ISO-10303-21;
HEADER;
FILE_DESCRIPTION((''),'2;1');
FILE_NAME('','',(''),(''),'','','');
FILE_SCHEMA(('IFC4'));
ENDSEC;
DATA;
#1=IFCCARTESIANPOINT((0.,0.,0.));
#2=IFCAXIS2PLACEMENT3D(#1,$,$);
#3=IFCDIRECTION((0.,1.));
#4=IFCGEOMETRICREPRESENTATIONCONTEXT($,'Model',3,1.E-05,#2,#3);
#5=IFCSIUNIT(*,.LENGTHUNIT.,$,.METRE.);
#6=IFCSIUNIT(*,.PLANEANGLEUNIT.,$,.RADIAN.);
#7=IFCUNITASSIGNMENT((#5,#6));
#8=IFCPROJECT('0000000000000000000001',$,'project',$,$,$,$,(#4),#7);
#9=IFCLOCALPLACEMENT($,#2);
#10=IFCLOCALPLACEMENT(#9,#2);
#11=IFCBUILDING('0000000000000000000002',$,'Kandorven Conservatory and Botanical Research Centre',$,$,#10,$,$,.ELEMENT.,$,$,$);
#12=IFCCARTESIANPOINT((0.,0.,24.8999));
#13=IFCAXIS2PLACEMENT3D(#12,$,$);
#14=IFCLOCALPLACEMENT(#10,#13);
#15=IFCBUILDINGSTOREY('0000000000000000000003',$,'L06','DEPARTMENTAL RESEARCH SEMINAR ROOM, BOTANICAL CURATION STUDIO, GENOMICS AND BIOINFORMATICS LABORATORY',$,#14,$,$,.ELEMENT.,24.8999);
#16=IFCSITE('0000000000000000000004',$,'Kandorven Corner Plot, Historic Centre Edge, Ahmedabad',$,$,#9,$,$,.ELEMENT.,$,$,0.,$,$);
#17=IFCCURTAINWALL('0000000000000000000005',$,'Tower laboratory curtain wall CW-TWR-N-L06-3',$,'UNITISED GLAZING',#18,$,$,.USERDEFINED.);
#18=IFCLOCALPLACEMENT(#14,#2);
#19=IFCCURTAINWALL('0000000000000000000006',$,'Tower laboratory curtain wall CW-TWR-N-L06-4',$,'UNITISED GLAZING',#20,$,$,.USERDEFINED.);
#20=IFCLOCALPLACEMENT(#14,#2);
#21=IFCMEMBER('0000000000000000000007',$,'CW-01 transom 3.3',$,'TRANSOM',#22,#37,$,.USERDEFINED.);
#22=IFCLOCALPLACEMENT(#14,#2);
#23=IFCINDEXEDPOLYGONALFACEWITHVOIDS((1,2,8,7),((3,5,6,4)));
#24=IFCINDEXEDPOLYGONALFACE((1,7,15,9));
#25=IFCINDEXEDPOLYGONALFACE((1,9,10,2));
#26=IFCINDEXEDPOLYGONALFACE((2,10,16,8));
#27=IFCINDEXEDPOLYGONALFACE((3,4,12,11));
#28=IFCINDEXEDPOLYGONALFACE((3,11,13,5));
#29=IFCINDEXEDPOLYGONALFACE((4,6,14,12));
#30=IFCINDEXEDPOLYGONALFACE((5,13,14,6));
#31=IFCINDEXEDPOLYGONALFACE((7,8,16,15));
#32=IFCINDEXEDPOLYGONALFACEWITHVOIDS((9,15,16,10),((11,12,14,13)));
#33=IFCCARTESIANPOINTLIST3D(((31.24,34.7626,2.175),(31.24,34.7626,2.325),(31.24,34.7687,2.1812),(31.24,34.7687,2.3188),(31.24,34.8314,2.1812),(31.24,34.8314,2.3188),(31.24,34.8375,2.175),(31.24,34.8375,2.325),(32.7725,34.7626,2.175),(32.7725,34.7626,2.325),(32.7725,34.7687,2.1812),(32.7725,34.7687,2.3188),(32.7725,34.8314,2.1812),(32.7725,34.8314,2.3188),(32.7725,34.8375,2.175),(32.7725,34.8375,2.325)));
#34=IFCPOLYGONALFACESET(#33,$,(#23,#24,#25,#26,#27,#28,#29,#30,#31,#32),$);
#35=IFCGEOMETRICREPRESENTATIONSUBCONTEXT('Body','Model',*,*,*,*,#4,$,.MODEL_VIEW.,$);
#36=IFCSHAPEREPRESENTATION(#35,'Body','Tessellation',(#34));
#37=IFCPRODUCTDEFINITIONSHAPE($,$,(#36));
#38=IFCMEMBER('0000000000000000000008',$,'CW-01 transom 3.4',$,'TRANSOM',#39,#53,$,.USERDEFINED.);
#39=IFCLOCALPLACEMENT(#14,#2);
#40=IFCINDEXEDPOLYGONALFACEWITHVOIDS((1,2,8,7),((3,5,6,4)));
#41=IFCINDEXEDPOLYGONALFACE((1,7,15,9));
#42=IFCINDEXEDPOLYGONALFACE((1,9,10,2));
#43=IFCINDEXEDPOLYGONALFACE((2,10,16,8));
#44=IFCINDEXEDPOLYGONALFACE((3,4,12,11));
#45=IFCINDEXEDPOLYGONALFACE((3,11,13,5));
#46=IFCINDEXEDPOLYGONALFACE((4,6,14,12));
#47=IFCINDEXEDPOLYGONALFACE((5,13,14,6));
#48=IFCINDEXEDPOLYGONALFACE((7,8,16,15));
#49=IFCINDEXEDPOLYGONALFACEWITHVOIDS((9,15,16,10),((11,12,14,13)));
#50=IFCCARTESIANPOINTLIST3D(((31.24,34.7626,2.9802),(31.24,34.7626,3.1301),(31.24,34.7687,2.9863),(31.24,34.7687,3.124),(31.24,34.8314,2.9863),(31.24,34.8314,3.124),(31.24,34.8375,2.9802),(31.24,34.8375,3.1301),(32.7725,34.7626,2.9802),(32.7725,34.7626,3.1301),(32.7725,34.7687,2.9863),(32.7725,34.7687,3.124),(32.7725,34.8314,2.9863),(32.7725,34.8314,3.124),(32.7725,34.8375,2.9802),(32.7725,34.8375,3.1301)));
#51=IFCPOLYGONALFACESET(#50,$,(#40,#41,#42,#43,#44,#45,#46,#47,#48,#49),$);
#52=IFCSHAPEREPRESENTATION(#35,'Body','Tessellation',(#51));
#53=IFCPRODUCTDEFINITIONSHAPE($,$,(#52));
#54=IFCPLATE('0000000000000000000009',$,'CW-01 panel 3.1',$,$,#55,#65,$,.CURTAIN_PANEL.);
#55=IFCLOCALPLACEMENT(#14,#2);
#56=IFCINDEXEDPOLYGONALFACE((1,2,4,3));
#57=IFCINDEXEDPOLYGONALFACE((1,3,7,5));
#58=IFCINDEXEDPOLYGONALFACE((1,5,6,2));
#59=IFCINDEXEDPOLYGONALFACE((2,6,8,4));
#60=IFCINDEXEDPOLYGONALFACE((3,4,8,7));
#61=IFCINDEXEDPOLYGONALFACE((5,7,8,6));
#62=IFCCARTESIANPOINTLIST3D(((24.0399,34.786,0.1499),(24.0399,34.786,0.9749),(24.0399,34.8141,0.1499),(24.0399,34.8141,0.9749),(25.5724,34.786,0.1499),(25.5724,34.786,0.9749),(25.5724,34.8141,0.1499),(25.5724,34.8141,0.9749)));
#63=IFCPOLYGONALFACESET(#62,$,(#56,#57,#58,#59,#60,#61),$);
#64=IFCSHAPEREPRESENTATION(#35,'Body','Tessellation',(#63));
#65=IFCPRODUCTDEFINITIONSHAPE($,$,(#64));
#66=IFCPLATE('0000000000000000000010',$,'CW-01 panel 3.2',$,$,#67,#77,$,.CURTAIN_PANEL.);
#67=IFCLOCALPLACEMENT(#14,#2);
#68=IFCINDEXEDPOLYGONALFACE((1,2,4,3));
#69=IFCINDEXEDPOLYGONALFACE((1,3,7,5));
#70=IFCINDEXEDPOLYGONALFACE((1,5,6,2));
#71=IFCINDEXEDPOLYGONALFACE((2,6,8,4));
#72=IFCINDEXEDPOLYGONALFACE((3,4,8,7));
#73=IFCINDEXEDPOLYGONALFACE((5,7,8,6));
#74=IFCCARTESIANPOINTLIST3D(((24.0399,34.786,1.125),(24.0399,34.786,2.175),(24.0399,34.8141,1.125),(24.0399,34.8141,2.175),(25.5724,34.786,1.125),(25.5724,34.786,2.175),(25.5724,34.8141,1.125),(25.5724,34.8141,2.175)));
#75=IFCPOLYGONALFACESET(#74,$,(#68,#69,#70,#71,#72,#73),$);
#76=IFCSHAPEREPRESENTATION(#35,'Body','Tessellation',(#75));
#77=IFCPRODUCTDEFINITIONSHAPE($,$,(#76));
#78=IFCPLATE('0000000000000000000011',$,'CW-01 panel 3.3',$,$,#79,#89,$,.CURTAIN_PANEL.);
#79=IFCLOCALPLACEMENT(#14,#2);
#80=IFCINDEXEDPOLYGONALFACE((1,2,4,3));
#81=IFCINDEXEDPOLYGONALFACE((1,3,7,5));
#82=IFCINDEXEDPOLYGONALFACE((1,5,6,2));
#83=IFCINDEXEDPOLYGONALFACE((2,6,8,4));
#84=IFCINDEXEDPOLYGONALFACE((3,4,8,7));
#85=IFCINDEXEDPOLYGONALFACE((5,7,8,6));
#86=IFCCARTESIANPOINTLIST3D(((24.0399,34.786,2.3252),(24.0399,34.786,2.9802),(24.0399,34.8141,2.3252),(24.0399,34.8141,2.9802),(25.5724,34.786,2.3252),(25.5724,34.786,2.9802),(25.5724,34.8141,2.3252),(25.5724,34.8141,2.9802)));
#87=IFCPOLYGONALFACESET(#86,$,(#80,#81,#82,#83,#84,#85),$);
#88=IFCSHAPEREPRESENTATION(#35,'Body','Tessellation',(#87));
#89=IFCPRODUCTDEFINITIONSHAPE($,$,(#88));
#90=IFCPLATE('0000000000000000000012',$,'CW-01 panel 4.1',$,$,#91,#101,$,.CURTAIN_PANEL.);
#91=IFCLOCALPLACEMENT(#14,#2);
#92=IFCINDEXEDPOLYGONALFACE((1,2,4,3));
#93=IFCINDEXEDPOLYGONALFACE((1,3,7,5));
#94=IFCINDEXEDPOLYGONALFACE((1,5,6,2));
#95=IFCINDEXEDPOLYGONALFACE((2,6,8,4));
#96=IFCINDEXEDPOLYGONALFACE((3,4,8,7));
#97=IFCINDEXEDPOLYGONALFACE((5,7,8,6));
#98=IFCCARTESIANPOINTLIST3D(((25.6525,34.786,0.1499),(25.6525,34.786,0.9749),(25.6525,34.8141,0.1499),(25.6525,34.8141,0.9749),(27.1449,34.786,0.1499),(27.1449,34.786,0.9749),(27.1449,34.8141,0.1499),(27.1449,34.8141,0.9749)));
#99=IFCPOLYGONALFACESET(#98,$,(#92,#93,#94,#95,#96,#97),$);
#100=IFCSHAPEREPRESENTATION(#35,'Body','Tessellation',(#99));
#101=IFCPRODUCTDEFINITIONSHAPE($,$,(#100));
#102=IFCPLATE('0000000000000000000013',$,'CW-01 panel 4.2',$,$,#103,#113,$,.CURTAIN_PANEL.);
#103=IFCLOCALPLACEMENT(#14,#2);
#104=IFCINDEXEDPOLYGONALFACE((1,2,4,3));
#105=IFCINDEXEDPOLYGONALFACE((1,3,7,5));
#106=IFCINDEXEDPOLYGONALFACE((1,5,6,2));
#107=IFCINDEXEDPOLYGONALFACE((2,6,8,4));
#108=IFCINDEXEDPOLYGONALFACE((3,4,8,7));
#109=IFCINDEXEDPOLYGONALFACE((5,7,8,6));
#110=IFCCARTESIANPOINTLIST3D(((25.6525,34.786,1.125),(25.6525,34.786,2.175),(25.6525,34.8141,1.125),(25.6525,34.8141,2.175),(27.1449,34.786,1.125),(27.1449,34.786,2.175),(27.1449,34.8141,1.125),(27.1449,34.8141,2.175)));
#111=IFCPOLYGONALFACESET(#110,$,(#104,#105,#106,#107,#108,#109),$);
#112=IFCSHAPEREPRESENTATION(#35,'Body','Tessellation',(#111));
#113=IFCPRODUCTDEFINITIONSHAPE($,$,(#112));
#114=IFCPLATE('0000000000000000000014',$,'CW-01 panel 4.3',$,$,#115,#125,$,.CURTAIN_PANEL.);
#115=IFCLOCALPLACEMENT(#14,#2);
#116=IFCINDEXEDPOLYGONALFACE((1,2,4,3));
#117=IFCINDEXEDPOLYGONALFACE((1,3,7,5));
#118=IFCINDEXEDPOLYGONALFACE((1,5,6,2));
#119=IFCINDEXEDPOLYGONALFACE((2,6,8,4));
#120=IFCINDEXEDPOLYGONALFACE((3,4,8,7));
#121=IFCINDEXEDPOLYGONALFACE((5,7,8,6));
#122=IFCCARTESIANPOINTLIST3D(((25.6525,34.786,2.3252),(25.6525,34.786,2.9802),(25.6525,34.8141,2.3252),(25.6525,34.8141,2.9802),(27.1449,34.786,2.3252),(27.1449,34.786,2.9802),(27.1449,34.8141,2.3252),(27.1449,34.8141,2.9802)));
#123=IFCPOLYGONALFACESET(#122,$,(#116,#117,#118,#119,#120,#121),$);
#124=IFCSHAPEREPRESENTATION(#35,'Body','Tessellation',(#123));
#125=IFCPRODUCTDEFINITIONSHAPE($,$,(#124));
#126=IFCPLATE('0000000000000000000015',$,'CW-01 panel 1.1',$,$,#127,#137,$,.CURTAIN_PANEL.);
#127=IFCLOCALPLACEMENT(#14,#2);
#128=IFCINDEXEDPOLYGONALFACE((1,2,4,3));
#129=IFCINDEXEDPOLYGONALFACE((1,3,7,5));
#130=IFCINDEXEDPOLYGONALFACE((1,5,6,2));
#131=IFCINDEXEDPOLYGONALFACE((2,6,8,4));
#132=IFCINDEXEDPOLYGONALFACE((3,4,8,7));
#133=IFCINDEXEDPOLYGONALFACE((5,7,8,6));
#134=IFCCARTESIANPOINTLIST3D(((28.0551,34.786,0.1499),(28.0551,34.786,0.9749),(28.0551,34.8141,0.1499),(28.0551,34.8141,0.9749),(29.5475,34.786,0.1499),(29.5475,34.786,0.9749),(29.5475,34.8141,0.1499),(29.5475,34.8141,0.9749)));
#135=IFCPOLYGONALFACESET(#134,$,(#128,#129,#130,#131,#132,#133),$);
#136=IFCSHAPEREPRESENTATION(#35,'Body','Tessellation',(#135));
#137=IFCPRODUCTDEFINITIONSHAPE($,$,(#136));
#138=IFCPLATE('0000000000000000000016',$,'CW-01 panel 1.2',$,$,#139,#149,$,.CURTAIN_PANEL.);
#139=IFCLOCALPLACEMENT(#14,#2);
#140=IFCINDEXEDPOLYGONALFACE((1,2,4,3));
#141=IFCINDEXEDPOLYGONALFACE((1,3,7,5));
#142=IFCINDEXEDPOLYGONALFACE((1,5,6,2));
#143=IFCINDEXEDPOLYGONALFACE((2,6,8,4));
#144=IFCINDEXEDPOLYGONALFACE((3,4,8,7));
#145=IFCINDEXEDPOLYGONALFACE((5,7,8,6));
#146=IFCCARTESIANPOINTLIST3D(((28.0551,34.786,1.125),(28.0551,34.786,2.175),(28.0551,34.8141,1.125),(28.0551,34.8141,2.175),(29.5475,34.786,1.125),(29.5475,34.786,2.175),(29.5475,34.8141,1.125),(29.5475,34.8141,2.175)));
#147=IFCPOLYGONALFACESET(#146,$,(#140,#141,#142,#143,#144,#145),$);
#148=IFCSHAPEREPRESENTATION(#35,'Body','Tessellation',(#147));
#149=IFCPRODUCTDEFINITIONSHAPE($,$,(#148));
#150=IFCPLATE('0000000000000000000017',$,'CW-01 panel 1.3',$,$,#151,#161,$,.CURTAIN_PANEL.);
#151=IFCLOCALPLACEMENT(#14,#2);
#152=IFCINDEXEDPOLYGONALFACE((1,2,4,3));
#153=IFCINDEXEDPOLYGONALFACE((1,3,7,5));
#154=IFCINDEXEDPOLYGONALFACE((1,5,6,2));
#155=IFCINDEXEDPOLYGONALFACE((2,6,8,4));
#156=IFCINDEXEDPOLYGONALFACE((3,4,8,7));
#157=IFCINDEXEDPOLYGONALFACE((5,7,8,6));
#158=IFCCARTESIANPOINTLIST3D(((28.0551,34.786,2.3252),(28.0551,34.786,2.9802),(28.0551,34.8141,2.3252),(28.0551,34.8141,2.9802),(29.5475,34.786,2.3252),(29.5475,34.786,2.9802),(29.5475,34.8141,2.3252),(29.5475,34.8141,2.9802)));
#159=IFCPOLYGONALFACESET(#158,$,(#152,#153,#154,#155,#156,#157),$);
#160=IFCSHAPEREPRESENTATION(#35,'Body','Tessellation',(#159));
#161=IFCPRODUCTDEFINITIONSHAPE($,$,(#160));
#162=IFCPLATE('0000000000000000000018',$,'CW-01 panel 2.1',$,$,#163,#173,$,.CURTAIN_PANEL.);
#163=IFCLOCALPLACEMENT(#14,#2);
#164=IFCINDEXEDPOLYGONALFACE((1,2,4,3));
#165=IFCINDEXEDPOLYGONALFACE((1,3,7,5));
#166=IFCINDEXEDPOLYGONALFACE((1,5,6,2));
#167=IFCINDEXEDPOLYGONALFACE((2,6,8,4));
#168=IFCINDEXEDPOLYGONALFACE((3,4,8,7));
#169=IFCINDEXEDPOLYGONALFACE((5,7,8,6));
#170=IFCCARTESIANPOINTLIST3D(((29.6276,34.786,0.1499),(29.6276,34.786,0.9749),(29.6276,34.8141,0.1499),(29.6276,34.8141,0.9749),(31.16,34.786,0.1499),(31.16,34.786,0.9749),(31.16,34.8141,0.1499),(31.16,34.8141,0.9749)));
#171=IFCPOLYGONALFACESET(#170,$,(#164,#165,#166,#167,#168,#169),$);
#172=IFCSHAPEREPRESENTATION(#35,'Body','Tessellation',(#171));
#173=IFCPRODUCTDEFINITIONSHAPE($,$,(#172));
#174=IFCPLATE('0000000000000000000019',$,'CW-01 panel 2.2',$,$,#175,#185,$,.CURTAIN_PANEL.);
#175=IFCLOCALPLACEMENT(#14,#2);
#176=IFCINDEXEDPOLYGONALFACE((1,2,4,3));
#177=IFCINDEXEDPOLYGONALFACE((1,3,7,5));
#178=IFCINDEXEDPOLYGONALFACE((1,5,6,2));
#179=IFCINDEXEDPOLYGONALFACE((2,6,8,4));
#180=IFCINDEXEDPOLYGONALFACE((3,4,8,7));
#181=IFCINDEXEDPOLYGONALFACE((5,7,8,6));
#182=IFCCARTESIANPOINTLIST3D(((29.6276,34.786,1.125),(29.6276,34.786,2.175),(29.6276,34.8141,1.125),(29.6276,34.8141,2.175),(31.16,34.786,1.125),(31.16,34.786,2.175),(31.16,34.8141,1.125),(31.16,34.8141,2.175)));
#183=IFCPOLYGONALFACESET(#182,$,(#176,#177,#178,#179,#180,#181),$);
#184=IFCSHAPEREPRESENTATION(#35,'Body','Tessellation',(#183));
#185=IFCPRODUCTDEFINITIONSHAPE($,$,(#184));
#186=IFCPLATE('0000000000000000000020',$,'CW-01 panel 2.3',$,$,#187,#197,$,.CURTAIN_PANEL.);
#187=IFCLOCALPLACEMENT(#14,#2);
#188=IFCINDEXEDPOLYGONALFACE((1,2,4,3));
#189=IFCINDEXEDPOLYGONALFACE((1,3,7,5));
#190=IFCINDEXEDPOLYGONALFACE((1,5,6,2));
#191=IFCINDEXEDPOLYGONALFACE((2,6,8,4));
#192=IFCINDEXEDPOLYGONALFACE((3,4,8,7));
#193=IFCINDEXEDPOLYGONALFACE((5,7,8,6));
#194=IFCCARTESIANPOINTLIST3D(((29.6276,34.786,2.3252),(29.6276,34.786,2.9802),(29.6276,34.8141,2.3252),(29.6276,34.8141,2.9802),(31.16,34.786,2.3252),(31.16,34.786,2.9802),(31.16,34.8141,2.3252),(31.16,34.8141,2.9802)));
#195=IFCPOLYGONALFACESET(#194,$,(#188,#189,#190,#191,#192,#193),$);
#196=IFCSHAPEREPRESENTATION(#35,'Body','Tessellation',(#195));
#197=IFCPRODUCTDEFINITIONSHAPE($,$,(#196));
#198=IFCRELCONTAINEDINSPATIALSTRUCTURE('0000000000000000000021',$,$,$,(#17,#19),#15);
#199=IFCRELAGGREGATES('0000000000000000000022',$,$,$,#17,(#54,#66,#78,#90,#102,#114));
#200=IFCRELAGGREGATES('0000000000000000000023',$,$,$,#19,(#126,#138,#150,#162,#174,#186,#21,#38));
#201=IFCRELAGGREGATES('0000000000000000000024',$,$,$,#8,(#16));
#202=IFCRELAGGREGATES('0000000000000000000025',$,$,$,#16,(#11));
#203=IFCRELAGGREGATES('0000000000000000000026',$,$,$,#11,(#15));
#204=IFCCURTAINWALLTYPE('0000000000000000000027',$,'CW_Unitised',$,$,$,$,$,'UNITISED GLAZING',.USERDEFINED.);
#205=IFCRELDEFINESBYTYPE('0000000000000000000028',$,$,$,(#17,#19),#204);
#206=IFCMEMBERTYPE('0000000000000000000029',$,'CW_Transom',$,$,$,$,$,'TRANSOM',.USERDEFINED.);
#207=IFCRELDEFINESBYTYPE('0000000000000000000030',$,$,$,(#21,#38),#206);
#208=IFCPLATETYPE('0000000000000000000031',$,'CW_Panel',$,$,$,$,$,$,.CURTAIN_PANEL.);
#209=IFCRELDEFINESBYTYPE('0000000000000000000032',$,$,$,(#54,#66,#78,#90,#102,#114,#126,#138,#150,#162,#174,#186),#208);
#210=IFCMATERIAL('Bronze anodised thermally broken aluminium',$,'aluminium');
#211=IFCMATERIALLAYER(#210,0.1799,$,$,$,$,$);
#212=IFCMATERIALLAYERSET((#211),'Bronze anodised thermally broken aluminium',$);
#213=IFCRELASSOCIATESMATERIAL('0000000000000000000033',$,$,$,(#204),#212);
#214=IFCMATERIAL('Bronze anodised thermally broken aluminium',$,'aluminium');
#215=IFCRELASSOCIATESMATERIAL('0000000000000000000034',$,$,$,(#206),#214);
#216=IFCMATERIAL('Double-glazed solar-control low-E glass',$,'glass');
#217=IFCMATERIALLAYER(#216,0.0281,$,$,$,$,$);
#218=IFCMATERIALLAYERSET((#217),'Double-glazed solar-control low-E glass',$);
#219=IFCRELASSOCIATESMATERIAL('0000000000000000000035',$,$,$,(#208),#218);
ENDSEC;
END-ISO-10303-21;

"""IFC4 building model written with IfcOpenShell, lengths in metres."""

from ifc_helpers import new_model, si_unit, direction, frame, origin, origin_2d, place, context, subcontext, project, spatial, rectangle, hollow_rectangle, extrude, material, layer, layer_set, material_profile, profile_set, type_object, element, aggregate, save


model = new_model("IFC4")

# Units and contexts
model_context = context("Model", 3, precision=1e-05, world=origin(), true_north=direction((0.0, 1.0)))
body_context = subcontext(model_context, "Body", "Model", "MODEL_VIEW")
ifc_project = project(units=[si_unit("LENGTHUNIT", "METRE"), si_unit("PLANEANGLEUNIT", "RADIAN")], contexts=[model_context])

# Site, building, storey
site_placement = place(None, origin())
site = spatial("IfcSite", under=ifc_project, at=site_placement, Name="Kandorven Corner Plot, Historic Centre Edge, Ahmedabad", CompositionType="ELEMENT", RefElevation=0.0)
building_placement = place(site_placement, origin())
building = spatial("IfcBuilding", under=site, at=building_placement, Name="Kandorven Conservatory and Botanical Research Centre", CompositionType="ELEMENT")
storey_placement = place(building_placement, frame((0.0, 0.0, 24.8999)))
storey = spatial("IfcBuildingStorey", under=building, at=storey_placement, Name="L06", Description="DEPARTMENTAL RESEARCH SEMINAR ROOM, BOTANICAL CURATION STUDIO, GENOMICS AND BIOINFORMATICS LABORATORY", CompositionType="ELEMENT", Elevation=24.8999)

# Curtain walls
ifc_material_1 = material(Name="Bronze anodised thermally broken aluminium", Category="aluminium")
ifc_layer_1 = layer(ifc_material_1, 0.1799)
ifc_layer_set_1 = layer_set([ifc_layer_1], Name="Bronze anodised thermally broken aluminium")
curtain_wall_type = type_object("IfcCurtainWallType", Name="CW_Unitised", ElementType="UNITISED GLAZING", PredefinedType="USERDEFINED", material=ifc_layer_set_1)
curtain_wall_1_placement = place(storey_placement, origin())
curtain_wall_1 = element("IfcCurtainWall", 1, at=curtain_wall_1_placement, inside=storey, type_object=curtain_wall_type, Name="Tower laboratory curtain wall CW-TWR-N-L06-3", ObjectType="UNITISED GLAZING", PredefinedType="USERDEFINED")
curtain_wall_2_placement = place(storey_placement, origin())
curtain_wall_2 = element("IfcCurtainWall", 2, at=curtain_wall_2_placement, inside=storey, type_object=curtain_wall_type, Name="Tower laboratory curtain wall CW-TWR-N-L06-4", ObjectType="UNITISED GLAZING", PredefinedType="USERDEFINED")

# Members
ifc_material_2 = material(Name="Bronze anodised thermally broken aluminium", Category="aluminium")
ifc_material_profile_1 = material_profile(ifc_material_2, hollow_rectangle(XDim=0.075, YDim=0.1499, WallThickness=0.0061, at=origin_2d()))
ifc_profile_set_1 = profile_set([ifc_material_profile_1], Name="Bronze anodised thermally broken aluminium")
member_type_1 = type_object("IfcMemberType", Name="CW_Transom", ElementType="TRANSOM", PredefinedType="USERDEFINED", material=ifc_profile_set_1)
member_1_placement = place(storey_placement, frame((31.24, 34.8, 2.25), z_axis=(1.0, 0.0, 0.0), x_axis=(0.0, 1.0, 0.0)))
member_1 = element("IfcMember", 3, at=member_1_placement, type_object=member_type_1, Name="CW-01 transom 3.3", ObjectType="TRANSOM", PredefinedType="USERDEFINED", context=body_context, shape_type="SweptSolid", body=[
    extrude(hollow_rectangle(XDim=0.075, YDim=0.1499, WallThickness=0.0061, at=origin_2d()), origin(), (0.0, 0.0, 1.0), 1.5325),
])
member_2_placement = place(storey_placement, frame((31.24, 34.8, 3.0552), z_axis=(1.0, 0.0, 0.0), x_axis=(0.0, 1.0, 0.0)))
member_2 = element("IfcMember", 4, at=member_2_placement, type_object=member_type_1, Name="CW-01 transom 3.4", ObjectType="TRANSOM", PredefinedType="USERDEFINED", context=body_context, shape_type="SweptSolid", body=[
    extrude(hollow_rectangle(XDim=0.075, YDim=0.1499, WallThickness=0.0061, at=origin_2d()), origin(), (0.0, 0.0, 1.0), 1.5325),
])

# Plates
ifc_material_3 = material(Name="Double-glazed solar-control low-E glass", Category="glass")
ifc_layer_2 = layer(ifc_material_3, 0.0281)
ifc_layer_set_2 = layer_set([ifc_layer_2], Name="Double-glazed solar-control low-E glass")
plate_type = type_object("IfcPlateType", Name="CW_Panel", PredefinedType="CURTAIN_PANEL", material=ifc_layer_set_2)
plate_1_placement = place(storey_placement, frame((24.8062, 34.8, 0.1499), z_axis=(0.0, 0.0, 1.0), x_axis=(1.0, 0.0, 0.0)))
plate_1 = element("IfcPlate", 5, at=plate_1_placement, type_object=plate_type, Name="CW-01 panel 3.1", PredefinedType="CURTAIN_PANEL", context=body_context, shape_type="SweptSolid", body=[
    extrude(rectangle(XDim=1.5325, YDim=0.0281, at=origin_2d()), origin(), (0.0, 0.0, 1.0), 0.825),
])
plate_2_placement = place(storey_placement, frame((24.8062, 34.8, 1.125), z_axis=(0.0, 0.0, 1.0), x_axis=(1.0, 0.0, 0.0)))
plate_2 = element("IfcPlate", 6, at=plate_2_placement, type_object=plate_type, Name="CW-01 panel 3.2", PredefinedType="CURTAIN_PANEL", context=body_context, shape_type="SweptSolid", body=[
    extrude(rectangle(XDim=1.5325, YDim=0.0281, at=origin_2d()), origin(), (0.0, 0.0, 1.0), 1.05),
])
plate_3_placement = place(storey_placement, frame((24.8062, 34.8, 2.3252), z_axis=(0.0, 0.0, 1.0), x_axis=(1.0, 0.0, 0.0)))
plate_3 = element("IfcPlate", 7, at=plate_3_placement, type_object=plate_type, Name="CW-01 panel 3.3", PredefinedType="CURTAIN_PANEL", context=body_context, shape_type="SweptSolid", body=[
    extrude(rectangle(XDim=1.5325, YDim=0.0281, at=origin_2d()), origin(), (0.0, 0.0, 1.0), 0.655),
])
plate_4_placement = place(storey_placement, frame((26.3987, 34.8, 0.1499), z_axis=(0.0, 0.0, 1.0), x_axis=(1.0, 0.0, 0.0)))
plate_4 = element("IfcPlate", 8, at=plate_4_placement, type_object=plate_type, Name="CW-01 panel 4.1", PredefinedType="CURTAIN_PANEL", context=body_context, shape_type="SweptSolid", body=[
    extrude(rectangle(XDim=1.4924, YDim=0.0281, at=origin_2d()), origin(), (0.0, 0.0, 1.0), 0.825),
])
plate_5_placement = place(storey_placement, frame((26.3987, 34.8, 1.125), z_axis=(0.0, 0.0, 1.0), x_axis=(1.0, 0.0, 0.0)))
plate_5 = element("IfcPlate", 9, at=plate_5_placement, type_object=plate_type, Name="CW-01 panel 4.2", PredefinedType="CURTAIN_PANEL", context=body_context, shape_type="SweptSolid", body=[
    extrude(rectangle(XDim=1.4924, YDim=0.0281, at=origin_2d()), origin(), (0.0, 0.0, 1.0), 1.05),
])
plate_6_placement = place(storey_placement, frame((26.3987, 34.8, 2.3252), z_axis=(0.0, 0.0, 1.0), x_axis=(1.0, 0.0, 0.0)))
plate_6 = element("IfcPlate", 10, at=plate_6_placement, type_object=plate_type, Name="CW-01 panel 4.3", PredefinedType="CURTAIN_PANEL", context=body_context, shape_type="SweptSolid", body=[
    extrude(rectangle(XDim=1.4924, YDim=0.0281, at=origin_2d()), origin(), (0.0, 0.0, 1.0), 0.655),
])
aggregate(curtain_wall_1, [plate_1, plate_2, plate_3, plate_4, plate_5, plate_6])
plate_7_placement = place(storey_placement, frame((28.8013, 34.8, 0.1499), z_axis=(0.0, 0.0, 1.0), x_axis=(1.0, 0.0, 0.0)))
plate_7 = element("IfcPlate", 11, at=plate_7_placement, type_object=plate_type, Name="CW-01 panel 1.1", PredefinedType="CURTAIN_PANEL", context=body_context, shape_type="SweptSolid", body=[
    extrude(rectangle(XDim=1.4924, YDim=0.0281, at=origin_2d()), origin(), (0.0, 0.0, 1.0), 0.825),
])
plate_8_placement = place(storey_placement, frame((28.8013, 34.8, 1.125), z_axis=(0.0, 0.0, 1.0), x_axis=(1.0, 0.0, 0.0)))
plate_8 = element("IfcPlate", 12, at=plate_8_placement, type_object=plate_type, Name="CW-01 panel 1.2", PredefinedType="CURTAIN_PANEL", context=body_context, shape_type="SweptSolid", body=[
    extrude(rectangle(XDim=1.4924, YDim=0.0281, at=origin_2d()), origin(), (0.0, 0.0, 1.0), 1.05),
])
plate_9_placement = place(storey_placement, frame((28.8013, 34.8, 2.3252), z_axis=(0.0, 0.0, 1.0), x_axis=(1.0, 0.0, 0.0)))
plate_9 = element("IfcPlate", 13, at=plate_9_placement, type_object=plate_type, Name="CW-01 panel 1.3", PredefinedType="CURTAIN_PANEL", context=body_context, shape_type="SweptSolid", body=[
    extrude(rectangle(XDim=1.4924, YDim=0.0281, at=origin_2d()), origin(), (0.0, 0.0, 1.0), 0.655),
])
plate_10_placement = place(storey_placement, frame((30.3938, 34.8, 0.1499), z_axis=(0.0, 0.0, 1.0), x_axis=(1.0, 0.0, 0.0)))
plate_10 = element("IfcPlate", 14, at=plate_10_placement, type_object=plate_type, Name="CW-01 panel 2.1", PredefinedType="CURTAIN_PANEL", context=body_context, shape_type="SweptSolid", body=[
    extrude(rectangle(XDim=1.5325, YDim=0.0281, at=origin_2d()), origin(), (0.0, 0.0, 1.0), 0.825),
])
plate_11_placement = place(storey_placement, frame((30.3938, 34.8, 1.125), z_axis=(0.0, 0.0, 1.0), x_axis=(1.0, 0.0, 0.0)))
plate_11 = element("IfcPlate", 15, at=plate_11_placement, type_object=plate_type, Name="CW-01 panel 2.2", PredefinedType="CURTAIN_PANEL", context=body_context, shape_type="SweptSolid", body=[
    extrude(rectangle(XDim=1.5325, YDim=0.0281, at=origin_2d()), origin(), (0.0, 0.0, 1.0), 1.05),
])
plate_12_placement = place(storey_placement, frame((30.3938, 34.8, 2.3252), z_axis=(0.0, 0.0, 1.0), x_axis=(1.0, 0.0, 0.0)))
plate_12 = element("IfcPlate", 16, at=plate_12_placement, type_object=plate_type, Name="CW-01 panel 2.3", PredefinedType="CURTAIN_PANEL", context=body_context, shape_type="SweptSolid", body=[
    extrude(rectangle(XDim=1.5325, YDim=0.0281, at=origin_2d()), origin(), (0.0, 0.0, 1.0), 0.655),
])
aggregate(curtain_wall_2, [plate_7, plate_8, plate_9, plate_10, plate_11, plate_12, member_1, member_2])

save(model, "model.ifc")
